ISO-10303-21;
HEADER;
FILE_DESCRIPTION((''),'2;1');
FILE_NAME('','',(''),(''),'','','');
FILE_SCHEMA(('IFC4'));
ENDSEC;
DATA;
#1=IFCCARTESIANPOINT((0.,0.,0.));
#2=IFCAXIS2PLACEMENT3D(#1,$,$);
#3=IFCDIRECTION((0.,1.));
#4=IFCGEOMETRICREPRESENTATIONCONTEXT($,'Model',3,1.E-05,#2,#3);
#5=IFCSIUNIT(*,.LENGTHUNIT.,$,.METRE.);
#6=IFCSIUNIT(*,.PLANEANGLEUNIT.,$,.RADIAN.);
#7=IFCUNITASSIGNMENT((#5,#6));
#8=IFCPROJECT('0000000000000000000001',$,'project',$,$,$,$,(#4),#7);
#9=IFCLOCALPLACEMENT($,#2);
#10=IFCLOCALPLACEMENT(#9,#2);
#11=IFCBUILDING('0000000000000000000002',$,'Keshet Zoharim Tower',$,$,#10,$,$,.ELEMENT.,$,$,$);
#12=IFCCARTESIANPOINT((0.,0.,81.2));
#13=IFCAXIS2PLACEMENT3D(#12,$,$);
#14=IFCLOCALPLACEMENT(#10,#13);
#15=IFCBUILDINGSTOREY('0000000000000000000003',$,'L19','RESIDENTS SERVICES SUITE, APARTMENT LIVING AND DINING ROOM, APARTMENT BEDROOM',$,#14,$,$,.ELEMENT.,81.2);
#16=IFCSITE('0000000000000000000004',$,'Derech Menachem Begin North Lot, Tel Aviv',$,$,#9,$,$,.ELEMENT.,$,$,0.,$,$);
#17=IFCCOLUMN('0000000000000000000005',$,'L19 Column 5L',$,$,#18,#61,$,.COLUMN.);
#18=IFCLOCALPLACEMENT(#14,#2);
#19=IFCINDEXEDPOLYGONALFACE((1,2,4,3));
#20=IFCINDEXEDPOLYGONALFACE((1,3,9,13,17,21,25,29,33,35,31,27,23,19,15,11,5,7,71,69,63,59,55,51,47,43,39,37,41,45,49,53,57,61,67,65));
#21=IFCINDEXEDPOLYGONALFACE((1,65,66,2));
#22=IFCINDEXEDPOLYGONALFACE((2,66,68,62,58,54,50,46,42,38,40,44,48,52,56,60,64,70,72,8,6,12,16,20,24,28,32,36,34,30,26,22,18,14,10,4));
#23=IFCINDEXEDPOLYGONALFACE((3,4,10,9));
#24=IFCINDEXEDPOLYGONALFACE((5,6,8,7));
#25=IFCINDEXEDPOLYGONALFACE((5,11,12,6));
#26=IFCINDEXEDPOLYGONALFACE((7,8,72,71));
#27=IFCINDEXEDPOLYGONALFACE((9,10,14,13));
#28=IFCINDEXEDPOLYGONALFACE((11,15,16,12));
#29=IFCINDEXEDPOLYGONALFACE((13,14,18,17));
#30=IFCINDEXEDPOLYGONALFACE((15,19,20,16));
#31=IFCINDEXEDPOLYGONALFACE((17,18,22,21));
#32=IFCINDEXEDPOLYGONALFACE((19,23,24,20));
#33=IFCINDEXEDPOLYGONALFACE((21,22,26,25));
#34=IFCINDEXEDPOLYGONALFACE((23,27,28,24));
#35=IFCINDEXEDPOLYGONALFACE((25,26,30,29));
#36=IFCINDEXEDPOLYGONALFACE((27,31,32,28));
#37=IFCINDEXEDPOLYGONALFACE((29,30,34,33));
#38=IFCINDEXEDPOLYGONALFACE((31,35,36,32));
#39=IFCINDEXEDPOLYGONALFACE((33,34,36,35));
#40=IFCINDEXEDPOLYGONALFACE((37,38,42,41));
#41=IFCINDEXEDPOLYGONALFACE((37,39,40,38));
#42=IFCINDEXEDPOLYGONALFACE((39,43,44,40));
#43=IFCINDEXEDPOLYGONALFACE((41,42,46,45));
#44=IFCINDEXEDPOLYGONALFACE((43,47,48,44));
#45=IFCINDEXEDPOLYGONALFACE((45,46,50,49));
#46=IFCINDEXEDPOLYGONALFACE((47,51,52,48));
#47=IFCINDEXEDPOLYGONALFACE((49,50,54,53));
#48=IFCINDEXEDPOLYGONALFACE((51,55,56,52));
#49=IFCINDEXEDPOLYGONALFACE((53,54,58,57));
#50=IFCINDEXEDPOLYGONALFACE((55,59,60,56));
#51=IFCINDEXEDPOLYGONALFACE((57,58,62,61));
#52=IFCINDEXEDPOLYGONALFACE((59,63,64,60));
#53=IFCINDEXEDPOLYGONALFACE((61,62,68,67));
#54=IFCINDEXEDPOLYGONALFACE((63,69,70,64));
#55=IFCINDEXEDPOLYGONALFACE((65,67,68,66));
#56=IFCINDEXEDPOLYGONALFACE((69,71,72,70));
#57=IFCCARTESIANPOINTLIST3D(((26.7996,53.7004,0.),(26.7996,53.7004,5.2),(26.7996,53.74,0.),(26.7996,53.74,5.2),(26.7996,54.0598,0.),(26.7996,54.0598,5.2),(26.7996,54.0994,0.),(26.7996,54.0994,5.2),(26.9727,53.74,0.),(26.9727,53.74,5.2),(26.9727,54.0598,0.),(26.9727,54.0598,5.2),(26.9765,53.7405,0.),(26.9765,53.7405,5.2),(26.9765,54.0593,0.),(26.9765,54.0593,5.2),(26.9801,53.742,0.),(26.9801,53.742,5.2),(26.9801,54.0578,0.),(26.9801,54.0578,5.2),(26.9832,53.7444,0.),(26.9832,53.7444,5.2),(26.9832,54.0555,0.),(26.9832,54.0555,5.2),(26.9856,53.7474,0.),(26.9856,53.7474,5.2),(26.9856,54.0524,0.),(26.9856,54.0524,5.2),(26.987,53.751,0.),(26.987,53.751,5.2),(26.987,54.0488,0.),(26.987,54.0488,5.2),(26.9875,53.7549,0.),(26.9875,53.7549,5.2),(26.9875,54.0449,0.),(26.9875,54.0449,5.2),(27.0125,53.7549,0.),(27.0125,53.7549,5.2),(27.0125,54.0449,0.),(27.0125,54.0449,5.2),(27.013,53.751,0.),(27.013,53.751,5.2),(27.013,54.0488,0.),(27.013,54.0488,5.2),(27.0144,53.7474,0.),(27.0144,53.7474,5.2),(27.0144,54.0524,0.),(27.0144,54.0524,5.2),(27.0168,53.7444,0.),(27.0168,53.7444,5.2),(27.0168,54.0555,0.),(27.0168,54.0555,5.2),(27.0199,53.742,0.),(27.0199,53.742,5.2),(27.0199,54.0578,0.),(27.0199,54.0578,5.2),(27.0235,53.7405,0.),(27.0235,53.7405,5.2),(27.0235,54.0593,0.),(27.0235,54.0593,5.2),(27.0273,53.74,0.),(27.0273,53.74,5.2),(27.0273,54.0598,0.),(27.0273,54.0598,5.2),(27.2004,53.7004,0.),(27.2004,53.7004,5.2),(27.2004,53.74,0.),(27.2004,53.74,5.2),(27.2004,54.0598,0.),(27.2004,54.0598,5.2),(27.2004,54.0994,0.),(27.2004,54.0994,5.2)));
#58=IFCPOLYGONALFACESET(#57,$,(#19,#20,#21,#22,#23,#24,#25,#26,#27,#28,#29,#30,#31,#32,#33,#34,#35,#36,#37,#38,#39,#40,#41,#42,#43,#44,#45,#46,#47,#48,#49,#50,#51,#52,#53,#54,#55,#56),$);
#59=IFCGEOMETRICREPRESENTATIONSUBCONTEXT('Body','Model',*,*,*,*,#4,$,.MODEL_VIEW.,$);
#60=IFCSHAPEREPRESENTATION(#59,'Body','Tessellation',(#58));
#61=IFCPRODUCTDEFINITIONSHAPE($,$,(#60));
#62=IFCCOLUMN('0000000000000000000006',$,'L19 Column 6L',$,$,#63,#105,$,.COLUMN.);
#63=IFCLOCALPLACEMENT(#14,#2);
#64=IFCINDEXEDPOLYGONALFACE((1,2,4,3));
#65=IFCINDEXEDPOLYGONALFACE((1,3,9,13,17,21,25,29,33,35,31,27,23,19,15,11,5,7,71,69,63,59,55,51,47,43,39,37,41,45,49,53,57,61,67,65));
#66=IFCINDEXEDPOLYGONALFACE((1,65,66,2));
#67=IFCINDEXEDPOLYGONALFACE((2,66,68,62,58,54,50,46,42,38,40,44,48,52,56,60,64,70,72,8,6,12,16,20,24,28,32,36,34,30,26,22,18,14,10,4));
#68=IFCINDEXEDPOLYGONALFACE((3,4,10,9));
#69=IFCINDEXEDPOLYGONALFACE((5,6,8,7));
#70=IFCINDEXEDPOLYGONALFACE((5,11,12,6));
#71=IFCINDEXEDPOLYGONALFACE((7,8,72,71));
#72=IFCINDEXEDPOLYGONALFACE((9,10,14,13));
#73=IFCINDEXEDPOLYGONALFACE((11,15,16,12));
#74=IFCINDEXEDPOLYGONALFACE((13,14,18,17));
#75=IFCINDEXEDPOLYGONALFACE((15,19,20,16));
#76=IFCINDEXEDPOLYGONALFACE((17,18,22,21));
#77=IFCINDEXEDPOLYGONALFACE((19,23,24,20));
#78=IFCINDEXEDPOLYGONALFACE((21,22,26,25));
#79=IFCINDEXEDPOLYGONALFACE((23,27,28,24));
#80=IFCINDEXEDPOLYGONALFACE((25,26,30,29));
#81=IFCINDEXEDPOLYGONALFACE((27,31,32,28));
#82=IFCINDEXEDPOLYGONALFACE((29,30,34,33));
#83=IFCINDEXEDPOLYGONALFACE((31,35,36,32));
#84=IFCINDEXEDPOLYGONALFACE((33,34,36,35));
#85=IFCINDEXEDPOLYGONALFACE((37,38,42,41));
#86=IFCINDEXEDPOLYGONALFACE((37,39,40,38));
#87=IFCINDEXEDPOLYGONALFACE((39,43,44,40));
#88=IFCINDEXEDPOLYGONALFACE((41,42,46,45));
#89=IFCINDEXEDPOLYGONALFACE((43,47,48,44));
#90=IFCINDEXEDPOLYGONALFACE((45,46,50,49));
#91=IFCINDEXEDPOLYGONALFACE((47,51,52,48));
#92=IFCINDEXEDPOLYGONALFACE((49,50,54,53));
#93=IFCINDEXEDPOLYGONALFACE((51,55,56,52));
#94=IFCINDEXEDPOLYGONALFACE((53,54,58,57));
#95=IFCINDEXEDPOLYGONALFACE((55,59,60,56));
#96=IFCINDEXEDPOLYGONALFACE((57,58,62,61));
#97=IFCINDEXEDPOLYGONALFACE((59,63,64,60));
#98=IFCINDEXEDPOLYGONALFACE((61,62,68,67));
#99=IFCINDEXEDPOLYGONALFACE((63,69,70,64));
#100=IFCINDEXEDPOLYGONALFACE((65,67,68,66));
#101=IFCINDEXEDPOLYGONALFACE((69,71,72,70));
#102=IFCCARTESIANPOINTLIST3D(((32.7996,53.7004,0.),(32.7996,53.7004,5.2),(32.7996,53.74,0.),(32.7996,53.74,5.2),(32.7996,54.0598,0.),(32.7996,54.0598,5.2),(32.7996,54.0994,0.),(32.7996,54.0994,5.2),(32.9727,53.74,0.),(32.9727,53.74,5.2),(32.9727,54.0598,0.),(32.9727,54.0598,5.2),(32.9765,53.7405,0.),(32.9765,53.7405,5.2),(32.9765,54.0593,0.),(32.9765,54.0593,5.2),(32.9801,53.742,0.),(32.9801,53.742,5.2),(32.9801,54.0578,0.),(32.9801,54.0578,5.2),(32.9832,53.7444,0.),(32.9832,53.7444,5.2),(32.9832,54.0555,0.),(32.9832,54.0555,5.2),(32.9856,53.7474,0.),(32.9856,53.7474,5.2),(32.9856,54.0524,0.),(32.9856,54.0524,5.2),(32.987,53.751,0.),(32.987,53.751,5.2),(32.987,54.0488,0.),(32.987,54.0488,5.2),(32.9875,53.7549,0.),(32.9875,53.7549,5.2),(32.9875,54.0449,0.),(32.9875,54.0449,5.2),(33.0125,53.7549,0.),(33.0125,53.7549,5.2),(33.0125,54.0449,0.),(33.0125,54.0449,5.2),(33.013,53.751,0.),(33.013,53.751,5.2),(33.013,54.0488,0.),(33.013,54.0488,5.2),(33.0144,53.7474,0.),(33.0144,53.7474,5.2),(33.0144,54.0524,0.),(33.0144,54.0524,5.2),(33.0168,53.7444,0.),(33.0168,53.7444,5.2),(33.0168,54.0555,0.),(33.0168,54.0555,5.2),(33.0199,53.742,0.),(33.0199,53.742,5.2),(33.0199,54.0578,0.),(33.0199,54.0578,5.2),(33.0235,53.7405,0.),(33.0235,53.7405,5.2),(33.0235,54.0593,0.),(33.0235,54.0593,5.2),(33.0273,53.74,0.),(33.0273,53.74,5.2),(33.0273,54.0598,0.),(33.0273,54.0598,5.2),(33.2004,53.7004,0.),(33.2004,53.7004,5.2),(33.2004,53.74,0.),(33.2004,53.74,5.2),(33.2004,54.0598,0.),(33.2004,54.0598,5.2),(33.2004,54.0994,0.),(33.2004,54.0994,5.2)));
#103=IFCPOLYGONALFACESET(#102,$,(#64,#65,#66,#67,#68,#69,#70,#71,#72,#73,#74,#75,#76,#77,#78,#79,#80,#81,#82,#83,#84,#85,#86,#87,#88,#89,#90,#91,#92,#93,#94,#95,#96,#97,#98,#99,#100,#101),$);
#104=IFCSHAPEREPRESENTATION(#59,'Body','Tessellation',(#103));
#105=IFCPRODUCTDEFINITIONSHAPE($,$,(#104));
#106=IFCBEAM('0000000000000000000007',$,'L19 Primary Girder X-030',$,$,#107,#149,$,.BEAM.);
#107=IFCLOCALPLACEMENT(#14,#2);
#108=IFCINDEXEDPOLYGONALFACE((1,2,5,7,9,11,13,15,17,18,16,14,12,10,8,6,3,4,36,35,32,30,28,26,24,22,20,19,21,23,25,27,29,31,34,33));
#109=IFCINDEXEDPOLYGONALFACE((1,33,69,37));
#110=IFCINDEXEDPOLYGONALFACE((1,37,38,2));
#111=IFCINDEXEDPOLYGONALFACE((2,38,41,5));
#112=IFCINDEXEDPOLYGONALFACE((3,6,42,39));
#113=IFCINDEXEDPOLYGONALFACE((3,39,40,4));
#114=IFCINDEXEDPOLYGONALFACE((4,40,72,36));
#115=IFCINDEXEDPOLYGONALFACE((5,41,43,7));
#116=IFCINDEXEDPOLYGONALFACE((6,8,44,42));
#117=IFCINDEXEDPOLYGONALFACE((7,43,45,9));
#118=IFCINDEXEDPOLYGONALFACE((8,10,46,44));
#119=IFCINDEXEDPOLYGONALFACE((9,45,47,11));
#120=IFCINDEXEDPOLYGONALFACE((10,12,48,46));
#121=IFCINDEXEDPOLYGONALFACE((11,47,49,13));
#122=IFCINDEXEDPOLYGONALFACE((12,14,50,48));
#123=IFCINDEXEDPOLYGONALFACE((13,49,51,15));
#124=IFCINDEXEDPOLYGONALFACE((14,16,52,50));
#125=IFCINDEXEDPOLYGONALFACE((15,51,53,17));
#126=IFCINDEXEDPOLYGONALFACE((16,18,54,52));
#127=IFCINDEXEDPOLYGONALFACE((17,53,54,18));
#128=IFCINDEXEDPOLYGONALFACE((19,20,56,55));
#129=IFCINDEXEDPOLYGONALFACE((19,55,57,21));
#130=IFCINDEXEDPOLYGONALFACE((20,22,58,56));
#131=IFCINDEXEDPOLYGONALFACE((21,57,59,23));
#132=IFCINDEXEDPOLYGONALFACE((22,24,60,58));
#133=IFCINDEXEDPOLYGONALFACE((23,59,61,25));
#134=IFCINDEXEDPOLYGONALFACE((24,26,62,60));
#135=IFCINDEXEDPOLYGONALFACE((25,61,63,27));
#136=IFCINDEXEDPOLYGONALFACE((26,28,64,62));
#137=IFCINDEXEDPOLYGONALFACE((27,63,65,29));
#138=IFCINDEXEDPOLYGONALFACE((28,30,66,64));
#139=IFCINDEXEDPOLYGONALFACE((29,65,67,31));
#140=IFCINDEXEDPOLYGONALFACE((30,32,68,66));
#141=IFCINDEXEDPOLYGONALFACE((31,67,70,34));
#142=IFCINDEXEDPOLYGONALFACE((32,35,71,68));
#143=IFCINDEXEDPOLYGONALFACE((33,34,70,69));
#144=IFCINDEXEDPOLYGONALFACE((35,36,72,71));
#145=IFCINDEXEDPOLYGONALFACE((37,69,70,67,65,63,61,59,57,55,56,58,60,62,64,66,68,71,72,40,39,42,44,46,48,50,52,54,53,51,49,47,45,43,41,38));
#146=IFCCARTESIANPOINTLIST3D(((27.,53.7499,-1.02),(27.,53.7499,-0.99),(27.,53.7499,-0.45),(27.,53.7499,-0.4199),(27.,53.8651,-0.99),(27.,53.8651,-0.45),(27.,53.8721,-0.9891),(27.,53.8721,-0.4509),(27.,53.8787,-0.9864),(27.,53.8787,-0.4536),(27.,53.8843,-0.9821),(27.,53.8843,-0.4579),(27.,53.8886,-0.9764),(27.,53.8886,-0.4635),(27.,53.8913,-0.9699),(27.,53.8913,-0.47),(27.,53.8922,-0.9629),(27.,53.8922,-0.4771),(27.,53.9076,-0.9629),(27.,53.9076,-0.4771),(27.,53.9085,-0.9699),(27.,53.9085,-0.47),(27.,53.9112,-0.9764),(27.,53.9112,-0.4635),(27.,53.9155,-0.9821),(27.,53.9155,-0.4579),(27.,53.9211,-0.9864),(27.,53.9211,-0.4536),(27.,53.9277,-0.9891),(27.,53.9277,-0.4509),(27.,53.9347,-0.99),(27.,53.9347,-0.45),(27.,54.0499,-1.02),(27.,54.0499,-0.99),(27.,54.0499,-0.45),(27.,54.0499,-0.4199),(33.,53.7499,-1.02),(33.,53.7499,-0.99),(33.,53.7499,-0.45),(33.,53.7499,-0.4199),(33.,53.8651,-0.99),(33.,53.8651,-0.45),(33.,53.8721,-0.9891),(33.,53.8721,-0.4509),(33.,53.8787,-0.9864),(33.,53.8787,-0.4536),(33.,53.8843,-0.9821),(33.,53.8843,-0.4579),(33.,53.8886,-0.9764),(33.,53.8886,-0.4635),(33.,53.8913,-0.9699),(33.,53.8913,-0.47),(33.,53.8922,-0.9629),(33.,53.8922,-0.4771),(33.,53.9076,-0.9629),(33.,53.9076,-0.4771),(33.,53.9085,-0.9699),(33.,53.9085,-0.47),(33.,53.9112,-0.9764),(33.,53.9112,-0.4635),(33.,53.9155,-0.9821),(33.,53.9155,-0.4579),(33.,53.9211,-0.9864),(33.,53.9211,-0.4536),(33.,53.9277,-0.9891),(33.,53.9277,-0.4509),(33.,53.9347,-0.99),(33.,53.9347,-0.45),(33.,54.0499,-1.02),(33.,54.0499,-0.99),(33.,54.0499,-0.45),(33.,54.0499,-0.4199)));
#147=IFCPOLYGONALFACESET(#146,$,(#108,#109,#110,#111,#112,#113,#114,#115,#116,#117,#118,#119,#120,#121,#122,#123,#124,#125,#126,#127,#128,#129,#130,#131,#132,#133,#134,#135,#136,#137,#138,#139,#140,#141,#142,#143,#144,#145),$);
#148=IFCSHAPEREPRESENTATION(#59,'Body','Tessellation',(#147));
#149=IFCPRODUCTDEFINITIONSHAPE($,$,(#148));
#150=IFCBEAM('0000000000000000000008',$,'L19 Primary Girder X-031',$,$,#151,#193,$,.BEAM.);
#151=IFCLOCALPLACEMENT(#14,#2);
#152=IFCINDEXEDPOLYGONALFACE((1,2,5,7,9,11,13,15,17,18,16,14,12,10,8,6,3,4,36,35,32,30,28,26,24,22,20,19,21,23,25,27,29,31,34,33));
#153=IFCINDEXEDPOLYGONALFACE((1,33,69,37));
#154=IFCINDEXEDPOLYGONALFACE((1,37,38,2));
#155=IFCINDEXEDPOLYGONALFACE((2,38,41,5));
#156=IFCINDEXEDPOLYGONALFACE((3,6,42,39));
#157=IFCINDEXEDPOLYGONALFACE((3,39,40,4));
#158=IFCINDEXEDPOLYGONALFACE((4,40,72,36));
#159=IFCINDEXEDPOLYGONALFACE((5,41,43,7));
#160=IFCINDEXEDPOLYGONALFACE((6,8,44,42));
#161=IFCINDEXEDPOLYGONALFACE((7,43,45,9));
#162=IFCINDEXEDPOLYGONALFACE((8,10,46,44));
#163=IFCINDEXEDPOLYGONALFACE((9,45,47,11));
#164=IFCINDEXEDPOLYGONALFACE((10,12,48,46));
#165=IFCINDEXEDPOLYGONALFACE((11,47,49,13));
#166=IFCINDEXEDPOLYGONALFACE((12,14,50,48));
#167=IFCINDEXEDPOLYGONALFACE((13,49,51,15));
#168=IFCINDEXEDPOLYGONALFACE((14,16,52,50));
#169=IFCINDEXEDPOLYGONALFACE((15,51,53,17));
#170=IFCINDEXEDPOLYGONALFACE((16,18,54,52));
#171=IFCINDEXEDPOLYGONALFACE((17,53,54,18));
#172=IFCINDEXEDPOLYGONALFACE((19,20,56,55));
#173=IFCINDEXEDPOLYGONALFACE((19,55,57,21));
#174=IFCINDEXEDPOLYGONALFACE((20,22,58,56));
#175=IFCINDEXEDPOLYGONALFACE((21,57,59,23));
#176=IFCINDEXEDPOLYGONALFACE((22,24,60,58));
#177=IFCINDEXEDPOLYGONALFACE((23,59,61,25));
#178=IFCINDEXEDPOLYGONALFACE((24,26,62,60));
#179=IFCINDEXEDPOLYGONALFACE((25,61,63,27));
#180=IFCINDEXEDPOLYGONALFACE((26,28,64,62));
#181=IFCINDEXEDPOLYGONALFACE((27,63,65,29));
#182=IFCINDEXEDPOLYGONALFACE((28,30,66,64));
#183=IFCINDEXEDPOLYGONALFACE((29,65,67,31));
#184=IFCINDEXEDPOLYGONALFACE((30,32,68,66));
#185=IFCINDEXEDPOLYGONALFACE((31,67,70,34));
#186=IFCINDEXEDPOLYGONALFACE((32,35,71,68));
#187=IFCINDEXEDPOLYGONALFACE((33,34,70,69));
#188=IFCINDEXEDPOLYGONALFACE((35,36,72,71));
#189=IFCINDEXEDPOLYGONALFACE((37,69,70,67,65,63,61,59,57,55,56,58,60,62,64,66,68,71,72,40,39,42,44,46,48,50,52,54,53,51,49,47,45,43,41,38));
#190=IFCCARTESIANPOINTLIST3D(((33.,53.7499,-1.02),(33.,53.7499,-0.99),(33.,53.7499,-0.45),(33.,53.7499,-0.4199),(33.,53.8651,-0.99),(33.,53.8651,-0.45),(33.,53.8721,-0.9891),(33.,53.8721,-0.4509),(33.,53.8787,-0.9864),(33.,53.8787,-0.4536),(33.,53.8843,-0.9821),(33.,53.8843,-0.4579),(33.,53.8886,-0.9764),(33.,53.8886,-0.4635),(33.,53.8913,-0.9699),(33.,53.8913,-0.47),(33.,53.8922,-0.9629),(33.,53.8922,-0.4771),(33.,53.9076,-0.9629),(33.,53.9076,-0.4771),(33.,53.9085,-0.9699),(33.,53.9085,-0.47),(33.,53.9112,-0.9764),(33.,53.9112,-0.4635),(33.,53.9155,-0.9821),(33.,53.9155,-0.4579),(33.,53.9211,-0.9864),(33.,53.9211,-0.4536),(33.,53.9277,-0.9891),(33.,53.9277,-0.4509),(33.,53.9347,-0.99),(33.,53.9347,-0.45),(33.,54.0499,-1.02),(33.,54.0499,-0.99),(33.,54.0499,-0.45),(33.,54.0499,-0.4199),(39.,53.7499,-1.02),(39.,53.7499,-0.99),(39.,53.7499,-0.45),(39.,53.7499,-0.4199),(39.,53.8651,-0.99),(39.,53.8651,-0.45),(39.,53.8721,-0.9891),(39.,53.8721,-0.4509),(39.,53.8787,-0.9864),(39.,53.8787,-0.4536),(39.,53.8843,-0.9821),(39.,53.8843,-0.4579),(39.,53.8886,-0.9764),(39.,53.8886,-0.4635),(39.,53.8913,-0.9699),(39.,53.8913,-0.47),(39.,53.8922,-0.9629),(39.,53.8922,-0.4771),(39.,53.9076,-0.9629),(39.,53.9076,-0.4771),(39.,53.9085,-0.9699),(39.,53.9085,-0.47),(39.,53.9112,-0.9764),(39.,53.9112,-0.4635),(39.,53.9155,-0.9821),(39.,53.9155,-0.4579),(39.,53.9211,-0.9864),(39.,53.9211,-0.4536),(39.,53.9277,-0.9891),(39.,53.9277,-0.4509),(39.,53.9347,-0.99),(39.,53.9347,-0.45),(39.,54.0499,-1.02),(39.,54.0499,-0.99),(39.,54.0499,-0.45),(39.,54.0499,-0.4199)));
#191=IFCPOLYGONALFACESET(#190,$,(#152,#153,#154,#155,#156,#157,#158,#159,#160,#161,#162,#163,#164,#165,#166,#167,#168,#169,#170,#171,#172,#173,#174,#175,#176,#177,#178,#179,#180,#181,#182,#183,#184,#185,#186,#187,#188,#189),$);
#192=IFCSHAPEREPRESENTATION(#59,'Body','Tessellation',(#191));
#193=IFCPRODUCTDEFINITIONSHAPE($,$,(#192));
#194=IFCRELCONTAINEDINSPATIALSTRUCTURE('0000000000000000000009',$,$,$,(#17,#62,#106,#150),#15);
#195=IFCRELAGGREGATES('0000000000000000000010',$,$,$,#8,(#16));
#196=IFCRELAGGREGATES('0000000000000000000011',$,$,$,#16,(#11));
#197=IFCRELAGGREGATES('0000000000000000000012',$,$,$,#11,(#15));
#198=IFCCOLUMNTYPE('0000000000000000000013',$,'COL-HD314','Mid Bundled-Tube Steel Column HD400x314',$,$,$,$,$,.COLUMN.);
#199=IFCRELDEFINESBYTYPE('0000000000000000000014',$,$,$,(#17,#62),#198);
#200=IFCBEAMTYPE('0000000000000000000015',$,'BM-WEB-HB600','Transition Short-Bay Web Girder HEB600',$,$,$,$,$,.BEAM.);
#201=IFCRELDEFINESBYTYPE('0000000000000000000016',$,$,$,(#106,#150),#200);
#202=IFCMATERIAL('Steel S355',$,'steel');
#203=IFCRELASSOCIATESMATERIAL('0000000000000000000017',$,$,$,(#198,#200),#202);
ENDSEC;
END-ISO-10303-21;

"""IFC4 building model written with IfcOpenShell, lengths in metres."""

from ifc_helpers import new_model, si_unit, direction, frame, origin, origin_2d, place, context, subcontext, project, spatial, i_section, extrude, material, material_profile, profile_set, type_object, element, save


model = new_model("IFC4")

# Units and contexts
model_context = context("Model", 3, precision=1e-05, world=origin(), true_north=direction((0.0, 1.0)))
body_context = subcontext(model_context, "Body", "Model", "MODEL_VIEW")
ifc_project = project(units=[si_unit("LENGTHUNIT", "METRE"), si_unit("PLANEANGLEUNIT", "RADIAN")], contexts=[model_context])

# Site, building, storey
site_placement = place(None, origin())
site = spatial("IfcSite", under=ifc_project, at=site_placement, Name="Derech Menachem Begin North Lot, Tel Aviv", CompositionType="ELEMENT", RefElevation=0.0)
building_placement = place(site_placement, origin())
building = spatial("IfcBuilding", under=site, at=building_placement, Name="Keshet Zoharim Tower", CompositionType="ELEMENT")
storey_placement = place(building_placement, frame((0.0, 0.0, 81.2)))
storey = spatial("IfcBuildingStorey", under=building, at=storey_placement, Name="L19", Description="RESIDENTS SERVICES SUITE, APARTMENT LIVING AND DINING ROOM, APARTMENT BEDROOM", CompositionType="ELEMENT", Elevation=81.2)

# Columns
ifc_material_1 = material(Name="Steel S355", Category="steel")
ifc_material_profile_1 = material_profile(ifc_material_1, i_section(OverallWidth=0.4009, OverallDepth=0.3989, WebThickness=0.0249, FlangeThickness=0.0396, FilletRadius=0.0149, at=origin_2d()), Name="HD400x314")
ifc_profile_set_1 = profile_set([ifc_material_profile_1], Name="Steel S355")
column_type = type_object("IfcColumnType", Name="COL-HD314", Description="Mid Bundled-Tube Steel Column HD400x314", PredefinedType="COLUMN", material=ifc_profile_set_1)
for number, where, z_axis, x_axis, name in (
    (1, (27.0, 53.8999, 0.0), (0.0, 0.0, 1.0), (1.0, 0.0, 0.0), "L19 Column 5L"),
    (2, (33.0, 53.8999, 0.0), (0.0, 0.0, 1.0), (1.0, 0.0, 0.0), "L19 Column 6L"),
):
    element("IfcColumn", number, at=place(storey_placement, frame(where, z_axis=z_axis, x_axis=x_axis)), inside=storey, type_object=column_type, Name=name, PredefinedType="COLUMN", context=body_context, shape_type="SweptSolid", body=[
        extrude(i_section(OverallWidth=0.4009, OverallDepth=0.3989, WebThickness=0.0249, FlangeThickness=0.0396, FilletRadius=0.0149, at=origin_2d()), origin(), (0.0, 0.0, 1.0), 5.2),
    ])

# Beams
ifc_material_profile_2 = material_profile(ifc_material_1, i_section(OverallWidth=0.3, OverallDepth=0.6001, WebThickness=0.0154, FlangeThickness=0.03, FilletRadius=0.0271, at=origin_2d()), Name="HEB600")
ifc_profile_set_2 = profile_set([ifc_material_profile_2], Name="Steel S355")
beam_type = type_object("IfcBeamType", Name="BM-WEB-HB600", Description="Transition Short-Bay Web Girder HEB600", PredefinedType="BEAM", material=ifc_profile_set_2)
for number, where, z_axis, x_axis, name in (
    (3, (27.0, 53.8999, -0.72), (1.0, 0.0, 0.0), (0.0, 1.0, 0.0), "L19 Primary Girder X-030"),
    (4, (33.0, 53.8999, -0.72), (1.0, 0.0, 0.0), (0.0, 1.0, 0.0), "L19 Primary Girder X-031"),
):
    element("IfcBeam", number, at=place(storey_placement, frame(where, z_axis=z_axis, x_axis=x_axis)), inside=storey, type_object=beam_type, Name=name, PredefinedType="BEAM", context=body_context, shape_type="SweptSolid", body=[
        extrude(i_section(OverallWidth=0.3, OverallDepth=0.6001, WebThickness=0.0154, FlangeThickness=0.03, FilletRadius=0.0271, at=origin_2d()), origin(), (0.0, 0.0, 1.0), 6.0),
    ])

save(model, "model.ifc")
